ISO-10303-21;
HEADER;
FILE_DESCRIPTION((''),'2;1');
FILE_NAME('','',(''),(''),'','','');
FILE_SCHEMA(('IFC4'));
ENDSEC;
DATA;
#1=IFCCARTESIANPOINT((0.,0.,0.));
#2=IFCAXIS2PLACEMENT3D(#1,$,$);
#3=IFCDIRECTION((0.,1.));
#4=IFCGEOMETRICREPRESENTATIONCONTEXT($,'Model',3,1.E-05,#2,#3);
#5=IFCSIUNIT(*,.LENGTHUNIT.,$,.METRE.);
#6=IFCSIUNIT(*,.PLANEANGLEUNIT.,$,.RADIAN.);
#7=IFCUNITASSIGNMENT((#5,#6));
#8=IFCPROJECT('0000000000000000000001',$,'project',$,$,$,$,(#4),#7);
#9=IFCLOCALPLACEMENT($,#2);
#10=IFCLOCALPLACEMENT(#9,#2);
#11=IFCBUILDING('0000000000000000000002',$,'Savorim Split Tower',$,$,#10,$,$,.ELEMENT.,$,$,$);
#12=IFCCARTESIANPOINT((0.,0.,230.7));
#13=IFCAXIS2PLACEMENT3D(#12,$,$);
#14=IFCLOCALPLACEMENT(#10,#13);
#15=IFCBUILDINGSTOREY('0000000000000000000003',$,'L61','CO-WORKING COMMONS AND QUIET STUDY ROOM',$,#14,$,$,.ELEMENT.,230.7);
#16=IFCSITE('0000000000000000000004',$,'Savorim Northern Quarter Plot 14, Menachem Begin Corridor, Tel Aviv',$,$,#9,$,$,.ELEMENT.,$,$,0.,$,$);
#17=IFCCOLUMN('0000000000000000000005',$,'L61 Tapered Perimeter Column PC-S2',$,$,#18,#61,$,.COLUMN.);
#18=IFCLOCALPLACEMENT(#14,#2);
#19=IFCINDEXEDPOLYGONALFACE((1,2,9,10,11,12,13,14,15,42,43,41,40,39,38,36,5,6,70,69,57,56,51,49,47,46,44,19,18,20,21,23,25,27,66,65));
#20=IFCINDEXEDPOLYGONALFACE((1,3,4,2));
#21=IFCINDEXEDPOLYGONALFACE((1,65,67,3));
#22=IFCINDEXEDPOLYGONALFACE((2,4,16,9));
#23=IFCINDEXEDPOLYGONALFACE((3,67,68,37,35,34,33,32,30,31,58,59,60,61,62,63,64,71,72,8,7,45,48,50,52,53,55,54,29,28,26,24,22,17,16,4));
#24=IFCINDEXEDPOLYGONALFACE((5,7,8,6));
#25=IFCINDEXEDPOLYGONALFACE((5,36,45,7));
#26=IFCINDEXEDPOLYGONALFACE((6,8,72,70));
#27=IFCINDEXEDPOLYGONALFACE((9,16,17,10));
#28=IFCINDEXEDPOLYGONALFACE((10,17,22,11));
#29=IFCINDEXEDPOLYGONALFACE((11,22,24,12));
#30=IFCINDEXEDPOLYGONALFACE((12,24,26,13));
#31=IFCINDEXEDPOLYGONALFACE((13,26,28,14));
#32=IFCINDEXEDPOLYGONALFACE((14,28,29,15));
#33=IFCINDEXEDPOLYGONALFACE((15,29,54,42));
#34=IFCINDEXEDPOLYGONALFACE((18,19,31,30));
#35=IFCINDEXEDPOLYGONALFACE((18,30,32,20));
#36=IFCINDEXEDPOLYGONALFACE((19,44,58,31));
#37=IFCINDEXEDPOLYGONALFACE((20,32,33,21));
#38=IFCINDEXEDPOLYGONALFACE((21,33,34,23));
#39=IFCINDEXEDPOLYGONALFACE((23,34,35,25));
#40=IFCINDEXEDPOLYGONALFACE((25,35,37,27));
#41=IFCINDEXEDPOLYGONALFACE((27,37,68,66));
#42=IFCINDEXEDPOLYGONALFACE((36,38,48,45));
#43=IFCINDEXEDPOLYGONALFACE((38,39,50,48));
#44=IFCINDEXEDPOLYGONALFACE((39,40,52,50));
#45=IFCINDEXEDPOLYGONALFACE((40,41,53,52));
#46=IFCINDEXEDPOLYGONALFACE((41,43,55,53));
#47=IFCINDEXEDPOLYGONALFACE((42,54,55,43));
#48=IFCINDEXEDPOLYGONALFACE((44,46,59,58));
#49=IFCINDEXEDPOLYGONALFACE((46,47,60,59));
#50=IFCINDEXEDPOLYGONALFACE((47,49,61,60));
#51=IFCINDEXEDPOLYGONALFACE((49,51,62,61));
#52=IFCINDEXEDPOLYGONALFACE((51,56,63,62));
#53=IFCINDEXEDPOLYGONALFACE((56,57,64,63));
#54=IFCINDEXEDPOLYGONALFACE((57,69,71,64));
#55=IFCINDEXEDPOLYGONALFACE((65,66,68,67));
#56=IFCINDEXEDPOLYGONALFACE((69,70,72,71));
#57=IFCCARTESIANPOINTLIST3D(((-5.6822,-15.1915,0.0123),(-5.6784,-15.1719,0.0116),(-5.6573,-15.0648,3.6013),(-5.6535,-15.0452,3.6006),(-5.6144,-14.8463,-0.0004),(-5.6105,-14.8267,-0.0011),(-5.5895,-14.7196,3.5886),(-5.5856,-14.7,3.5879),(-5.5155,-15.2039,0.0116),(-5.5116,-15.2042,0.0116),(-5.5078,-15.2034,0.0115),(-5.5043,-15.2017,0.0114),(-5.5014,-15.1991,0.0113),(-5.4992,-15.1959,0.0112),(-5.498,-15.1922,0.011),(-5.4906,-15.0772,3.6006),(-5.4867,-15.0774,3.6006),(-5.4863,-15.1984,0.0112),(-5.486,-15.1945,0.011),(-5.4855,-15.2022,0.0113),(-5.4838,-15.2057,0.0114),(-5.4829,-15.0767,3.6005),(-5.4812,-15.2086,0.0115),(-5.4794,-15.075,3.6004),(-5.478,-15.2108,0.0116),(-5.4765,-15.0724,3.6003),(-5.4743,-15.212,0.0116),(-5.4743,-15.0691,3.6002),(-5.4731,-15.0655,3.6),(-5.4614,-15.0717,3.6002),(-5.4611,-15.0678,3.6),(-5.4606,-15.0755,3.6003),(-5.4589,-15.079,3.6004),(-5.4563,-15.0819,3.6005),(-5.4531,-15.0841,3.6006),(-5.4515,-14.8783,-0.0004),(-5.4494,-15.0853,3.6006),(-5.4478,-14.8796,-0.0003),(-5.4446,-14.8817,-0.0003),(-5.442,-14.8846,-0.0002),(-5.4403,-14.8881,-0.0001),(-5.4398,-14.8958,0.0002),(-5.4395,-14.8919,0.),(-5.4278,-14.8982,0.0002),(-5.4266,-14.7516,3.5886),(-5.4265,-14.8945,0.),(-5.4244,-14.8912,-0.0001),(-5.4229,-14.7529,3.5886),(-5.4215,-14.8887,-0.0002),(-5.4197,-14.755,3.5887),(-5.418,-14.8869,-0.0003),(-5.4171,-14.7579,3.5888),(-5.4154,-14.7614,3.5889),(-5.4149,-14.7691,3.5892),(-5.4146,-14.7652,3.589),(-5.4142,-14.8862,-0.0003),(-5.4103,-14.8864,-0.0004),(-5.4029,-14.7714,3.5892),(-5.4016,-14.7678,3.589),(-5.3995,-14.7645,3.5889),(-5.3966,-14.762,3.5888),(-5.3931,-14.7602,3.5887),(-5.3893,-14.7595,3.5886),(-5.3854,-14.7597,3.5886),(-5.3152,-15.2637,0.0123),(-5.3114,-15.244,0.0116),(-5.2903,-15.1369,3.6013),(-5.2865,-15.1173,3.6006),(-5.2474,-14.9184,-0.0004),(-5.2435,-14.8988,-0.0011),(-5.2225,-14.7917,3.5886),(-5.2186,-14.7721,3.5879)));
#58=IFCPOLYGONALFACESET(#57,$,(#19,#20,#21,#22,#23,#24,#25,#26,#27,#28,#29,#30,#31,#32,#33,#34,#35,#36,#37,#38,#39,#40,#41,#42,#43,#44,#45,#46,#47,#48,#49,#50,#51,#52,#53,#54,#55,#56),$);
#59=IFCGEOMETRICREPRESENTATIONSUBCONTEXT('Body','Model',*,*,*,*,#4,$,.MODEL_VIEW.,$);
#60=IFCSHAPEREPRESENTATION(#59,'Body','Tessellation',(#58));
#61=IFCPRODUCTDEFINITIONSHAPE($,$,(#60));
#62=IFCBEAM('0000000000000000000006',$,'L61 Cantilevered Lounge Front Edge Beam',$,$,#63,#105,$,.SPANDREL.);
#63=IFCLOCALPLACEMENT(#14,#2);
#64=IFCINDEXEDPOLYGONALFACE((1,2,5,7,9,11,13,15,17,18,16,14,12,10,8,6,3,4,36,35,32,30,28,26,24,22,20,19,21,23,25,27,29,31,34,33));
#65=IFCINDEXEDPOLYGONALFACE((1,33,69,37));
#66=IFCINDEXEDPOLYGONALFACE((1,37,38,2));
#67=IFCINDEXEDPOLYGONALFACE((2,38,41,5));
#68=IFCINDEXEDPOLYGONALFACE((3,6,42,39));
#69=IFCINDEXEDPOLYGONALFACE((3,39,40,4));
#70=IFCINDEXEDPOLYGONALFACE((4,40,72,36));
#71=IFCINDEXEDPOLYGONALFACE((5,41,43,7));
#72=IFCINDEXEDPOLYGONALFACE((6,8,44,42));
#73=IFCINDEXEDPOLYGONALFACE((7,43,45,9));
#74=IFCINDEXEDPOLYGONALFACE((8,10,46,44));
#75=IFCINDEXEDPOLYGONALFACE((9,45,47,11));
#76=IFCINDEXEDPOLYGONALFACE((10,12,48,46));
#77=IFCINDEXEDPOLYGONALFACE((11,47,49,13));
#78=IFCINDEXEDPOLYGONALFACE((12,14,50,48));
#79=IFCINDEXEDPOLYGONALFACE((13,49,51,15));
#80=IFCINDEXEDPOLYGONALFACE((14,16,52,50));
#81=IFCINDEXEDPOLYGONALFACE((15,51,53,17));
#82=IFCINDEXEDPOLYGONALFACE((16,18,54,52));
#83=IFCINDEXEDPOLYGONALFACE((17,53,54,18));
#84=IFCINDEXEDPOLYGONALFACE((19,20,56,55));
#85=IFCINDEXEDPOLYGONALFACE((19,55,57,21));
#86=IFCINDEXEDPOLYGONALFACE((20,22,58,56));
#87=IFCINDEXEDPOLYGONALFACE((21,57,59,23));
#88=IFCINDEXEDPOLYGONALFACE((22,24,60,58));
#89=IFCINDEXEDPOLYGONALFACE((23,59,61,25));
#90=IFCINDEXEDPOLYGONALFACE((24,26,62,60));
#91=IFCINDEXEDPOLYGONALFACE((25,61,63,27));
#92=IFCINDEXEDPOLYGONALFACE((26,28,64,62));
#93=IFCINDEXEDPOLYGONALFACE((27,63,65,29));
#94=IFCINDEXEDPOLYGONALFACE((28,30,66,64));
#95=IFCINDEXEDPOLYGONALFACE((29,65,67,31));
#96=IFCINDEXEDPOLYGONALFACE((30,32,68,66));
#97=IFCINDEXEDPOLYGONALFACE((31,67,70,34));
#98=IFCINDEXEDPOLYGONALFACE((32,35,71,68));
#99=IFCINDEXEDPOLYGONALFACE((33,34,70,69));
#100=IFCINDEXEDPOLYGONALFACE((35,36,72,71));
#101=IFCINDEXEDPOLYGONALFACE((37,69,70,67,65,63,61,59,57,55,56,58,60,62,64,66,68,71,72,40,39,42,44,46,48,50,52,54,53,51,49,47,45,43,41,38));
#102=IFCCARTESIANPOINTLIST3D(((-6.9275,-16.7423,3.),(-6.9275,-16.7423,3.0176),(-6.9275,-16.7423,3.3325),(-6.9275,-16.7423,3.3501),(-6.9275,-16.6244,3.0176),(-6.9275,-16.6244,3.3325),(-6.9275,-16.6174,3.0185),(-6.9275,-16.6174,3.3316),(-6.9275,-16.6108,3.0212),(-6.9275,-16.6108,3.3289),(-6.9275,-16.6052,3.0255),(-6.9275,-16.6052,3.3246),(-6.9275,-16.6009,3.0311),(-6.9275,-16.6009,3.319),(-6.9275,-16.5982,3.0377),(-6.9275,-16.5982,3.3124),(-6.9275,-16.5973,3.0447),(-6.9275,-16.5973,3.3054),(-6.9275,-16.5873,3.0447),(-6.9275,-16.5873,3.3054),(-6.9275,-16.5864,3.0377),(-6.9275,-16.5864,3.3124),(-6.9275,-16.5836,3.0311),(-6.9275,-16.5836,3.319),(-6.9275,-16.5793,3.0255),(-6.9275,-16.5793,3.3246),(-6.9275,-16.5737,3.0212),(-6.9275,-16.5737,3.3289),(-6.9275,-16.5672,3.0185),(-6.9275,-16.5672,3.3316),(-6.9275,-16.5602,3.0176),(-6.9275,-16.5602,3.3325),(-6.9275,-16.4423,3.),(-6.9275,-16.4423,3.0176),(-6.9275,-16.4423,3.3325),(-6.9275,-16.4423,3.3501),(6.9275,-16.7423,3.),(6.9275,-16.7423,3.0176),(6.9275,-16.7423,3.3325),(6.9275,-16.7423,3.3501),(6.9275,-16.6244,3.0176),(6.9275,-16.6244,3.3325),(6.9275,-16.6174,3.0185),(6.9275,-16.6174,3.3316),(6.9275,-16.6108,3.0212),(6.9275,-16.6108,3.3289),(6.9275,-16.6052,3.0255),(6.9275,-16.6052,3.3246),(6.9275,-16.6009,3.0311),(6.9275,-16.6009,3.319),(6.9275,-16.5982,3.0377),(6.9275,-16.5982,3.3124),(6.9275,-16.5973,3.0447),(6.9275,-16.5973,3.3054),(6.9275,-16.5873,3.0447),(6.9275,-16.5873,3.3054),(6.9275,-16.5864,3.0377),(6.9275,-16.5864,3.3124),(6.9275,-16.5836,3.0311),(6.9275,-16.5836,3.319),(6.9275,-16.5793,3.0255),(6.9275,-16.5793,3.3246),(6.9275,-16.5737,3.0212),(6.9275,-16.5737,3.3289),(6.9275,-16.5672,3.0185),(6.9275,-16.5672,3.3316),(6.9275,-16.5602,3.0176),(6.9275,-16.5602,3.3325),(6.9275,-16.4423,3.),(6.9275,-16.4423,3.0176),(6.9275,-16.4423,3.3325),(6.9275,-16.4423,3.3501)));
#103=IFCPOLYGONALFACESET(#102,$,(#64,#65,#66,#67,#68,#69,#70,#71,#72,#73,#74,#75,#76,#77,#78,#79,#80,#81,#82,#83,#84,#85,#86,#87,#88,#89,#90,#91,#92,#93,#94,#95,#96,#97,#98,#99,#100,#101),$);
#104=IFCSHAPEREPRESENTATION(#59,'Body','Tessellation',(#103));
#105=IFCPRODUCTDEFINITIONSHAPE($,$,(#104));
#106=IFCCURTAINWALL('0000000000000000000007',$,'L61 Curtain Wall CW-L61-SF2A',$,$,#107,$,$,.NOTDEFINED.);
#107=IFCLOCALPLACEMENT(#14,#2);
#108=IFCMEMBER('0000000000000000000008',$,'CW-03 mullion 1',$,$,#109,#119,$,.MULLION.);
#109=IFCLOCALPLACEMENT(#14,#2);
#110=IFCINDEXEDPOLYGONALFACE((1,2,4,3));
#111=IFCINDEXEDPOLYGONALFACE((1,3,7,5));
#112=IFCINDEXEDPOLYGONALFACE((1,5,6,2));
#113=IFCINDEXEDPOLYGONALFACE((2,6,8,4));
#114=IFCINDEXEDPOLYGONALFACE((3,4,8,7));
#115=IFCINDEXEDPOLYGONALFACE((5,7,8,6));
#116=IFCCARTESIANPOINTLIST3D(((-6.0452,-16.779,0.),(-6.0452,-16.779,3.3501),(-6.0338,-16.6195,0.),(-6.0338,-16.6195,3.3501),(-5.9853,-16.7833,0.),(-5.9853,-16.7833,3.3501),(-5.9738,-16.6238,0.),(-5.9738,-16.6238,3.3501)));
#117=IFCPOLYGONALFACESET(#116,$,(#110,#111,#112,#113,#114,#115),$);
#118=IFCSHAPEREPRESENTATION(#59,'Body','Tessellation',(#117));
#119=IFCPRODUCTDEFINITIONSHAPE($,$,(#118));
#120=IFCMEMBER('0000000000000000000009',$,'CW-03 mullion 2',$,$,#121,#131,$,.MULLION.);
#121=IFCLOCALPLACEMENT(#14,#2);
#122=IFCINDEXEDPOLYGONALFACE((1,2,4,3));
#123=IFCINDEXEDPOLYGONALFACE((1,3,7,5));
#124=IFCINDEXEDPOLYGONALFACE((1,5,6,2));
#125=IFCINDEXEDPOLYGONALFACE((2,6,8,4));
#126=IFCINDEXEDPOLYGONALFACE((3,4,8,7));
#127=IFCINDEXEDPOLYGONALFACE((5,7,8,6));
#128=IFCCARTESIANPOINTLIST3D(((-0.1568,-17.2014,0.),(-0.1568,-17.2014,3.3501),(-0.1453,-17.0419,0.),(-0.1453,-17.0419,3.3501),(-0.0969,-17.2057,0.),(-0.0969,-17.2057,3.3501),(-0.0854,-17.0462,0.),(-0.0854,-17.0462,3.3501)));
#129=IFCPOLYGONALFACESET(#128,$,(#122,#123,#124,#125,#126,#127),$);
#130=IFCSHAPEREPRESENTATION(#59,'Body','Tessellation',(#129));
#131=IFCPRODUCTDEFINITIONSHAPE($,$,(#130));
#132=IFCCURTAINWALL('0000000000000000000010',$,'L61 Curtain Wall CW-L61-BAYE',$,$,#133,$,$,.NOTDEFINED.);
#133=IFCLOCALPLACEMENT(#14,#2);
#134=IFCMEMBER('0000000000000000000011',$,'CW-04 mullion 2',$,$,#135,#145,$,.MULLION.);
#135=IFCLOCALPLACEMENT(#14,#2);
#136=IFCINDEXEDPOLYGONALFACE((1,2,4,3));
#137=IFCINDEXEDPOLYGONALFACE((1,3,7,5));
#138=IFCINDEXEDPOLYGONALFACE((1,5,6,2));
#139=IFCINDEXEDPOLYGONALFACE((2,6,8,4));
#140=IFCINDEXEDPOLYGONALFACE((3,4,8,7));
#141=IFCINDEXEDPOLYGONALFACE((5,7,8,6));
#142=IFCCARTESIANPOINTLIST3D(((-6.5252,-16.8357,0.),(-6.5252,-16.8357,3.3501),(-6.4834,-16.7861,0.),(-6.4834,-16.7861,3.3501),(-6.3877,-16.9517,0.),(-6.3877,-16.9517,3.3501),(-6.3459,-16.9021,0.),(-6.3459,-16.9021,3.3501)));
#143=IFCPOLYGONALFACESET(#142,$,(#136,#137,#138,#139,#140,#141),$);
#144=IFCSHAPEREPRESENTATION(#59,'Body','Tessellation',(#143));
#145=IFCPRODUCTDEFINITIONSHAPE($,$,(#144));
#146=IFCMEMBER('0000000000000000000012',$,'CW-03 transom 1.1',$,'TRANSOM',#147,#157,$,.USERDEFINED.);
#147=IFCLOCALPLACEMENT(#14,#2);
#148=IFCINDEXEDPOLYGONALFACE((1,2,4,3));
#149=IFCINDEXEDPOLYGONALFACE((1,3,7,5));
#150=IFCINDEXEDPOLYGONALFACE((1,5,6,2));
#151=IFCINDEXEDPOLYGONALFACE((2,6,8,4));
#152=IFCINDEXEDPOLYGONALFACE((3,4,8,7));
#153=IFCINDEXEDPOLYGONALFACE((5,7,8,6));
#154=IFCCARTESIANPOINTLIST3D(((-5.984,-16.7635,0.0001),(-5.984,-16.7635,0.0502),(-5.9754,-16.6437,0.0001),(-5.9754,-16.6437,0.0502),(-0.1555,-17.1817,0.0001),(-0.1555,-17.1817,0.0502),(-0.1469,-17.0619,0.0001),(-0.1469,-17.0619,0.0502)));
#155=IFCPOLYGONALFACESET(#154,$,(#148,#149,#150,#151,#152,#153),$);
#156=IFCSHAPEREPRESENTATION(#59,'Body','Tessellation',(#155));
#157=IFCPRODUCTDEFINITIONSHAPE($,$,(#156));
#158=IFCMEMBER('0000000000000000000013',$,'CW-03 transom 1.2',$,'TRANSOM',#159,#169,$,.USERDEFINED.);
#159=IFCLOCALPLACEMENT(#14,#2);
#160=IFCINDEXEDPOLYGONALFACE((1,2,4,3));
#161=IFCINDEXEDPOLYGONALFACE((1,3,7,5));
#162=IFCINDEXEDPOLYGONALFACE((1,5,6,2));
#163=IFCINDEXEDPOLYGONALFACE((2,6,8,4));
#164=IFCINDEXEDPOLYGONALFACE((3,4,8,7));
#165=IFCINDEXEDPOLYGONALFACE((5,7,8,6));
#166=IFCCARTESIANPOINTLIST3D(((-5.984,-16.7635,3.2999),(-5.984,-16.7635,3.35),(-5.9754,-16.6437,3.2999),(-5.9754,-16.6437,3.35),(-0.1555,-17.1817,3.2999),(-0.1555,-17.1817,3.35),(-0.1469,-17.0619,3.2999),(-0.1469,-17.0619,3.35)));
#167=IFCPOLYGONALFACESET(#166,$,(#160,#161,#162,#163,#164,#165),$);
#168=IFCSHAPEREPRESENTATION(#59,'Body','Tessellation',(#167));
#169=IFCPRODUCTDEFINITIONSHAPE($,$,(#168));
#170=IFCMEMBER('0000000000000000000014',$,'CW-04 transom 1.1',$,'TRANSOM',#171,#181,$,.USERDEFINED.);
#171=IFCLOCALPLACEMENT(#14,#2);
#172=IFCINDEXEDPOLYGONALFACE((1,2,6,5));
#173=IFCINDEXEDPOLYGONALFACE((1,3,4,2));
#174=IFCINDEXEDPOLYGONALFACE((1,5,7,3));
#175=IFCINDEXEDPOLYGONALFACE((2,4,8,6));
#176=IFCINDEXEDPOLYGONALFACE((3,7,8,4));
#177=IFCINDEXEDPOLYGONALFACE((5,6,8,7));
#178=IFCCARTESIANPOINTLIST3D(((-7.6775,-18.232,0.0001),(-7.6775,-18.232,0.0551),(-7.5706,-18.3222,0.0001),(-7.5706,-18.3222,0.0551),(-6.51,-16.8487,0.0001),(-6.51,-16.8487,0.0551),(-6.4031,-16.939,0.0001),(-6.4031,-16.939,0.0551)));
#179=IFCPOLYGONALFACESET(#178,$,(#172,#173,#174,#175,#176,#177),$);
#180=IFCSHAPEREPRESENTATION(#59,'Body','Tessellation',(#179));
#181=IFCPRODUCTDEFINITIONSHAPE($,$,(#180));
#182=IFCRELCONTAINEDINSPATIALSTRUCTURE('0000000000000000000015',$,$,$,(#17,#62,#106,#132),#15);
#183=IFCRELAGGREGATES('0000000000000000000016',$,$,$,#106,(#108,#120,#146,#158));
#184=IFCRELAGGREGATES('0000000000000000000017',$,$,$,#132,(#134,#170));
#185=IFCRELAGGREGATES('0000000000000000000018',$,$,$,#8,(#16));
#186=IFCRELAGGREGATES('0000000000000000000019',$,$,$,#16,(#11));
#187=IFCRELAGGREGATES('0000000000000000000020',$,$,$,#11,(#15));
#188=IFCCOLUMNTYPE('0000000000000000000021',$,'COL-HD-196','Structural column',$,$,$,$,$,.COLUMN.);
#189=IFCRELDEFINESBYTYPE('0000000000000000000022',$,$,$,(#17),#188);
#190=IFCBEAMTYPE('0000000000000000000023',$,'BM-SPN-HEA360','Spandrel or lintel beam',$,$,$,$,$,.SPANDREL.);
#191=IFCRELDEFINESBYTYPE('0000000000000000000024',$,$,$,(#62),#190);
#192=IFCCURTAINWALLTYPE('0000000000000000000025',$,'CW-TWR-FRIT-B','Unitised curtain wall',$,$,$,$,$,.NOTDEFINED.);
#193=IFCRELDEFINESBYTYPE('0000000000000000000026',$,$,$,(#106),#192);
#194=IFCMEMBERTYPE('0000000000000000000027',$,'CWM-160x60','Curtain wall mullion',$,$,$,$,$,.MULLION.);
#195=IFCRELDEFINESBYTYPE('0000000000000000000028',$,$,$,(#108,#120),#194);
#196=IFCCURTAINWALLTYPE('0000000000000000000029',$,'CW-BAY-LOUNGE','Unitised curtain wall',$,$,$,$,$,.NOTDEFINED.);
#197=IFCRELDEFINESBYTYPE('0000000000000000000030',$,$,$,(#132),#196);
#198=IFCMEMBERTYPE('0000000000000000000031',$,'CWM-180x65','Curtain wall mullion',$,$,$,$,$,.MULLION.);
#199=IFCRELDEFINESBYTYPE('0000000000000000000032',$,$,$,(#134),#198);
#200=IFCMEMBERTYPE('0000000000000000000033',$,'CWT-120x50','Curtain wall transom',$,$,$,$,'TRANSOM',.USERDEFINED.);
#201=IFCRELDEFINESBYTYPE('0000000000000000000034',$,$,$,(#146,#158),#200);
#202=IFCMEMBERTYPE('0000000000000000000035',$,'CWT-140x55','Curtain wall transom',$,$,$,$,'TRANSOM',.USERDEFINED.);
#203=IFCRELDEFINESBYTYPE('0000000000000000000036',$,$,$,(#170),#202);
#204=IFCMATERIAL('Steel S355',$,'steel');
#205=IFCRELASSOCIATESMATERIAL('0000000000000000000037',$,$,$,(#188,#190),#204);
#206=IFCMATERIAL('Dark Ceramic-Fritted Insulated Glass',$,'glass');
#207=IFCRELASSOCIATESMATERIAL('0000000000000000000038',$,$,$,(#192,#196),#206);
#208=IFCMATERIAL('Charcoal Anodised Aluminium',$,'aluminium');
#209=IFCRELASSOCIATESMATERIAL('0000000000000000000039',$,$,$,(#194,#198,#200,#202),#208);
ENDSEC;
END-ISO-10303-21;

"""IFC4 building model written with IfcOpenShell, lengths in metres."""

from ifc_helpers import new_model, si_unit, direction, frame, origin, origin_2d, place, context, subcontext, project, spatial, rectangle, i_section, extrude, material, material_profile, profile_set, type_object, element, aggregate, save


model = new_model("IFC4")

# Units and contexts
model_context = context("Model", 3, precision=1e-05, world=origin(), true_north=direction((0.0, 1.0)))
body_context = subcontext(model_context, "Body", "Model", "MODEL_VIEW")
ifc_project = project(units=[si_unit("LENGTHUNIT", "METRE"), si_unit("PLANEANGLEUNIT", "RADIAN")], contexts=[model_context])

# Site, building, storey
site_placement = place(None, origin())
site = spatial("IfcSite", under=ifc_project, at=site_placement, Name="Savorim Northern Quarter Plot 14, Menachem Begin Corridor, Tel Aviv", CompositionType="ELEMENT", RefElevation=0.0)
building_placement = place(site_placement, origin())
building = spatial("IfcBuilding", under=site, at=building_placement, Name="Savorim Split Tower", CompositionType="ELEMENT")
storey_placement = place(building_placement, frame((0.0, 0.0, 230.7)))
storey = spatial("IfcBuildingStorey", under=building, at=storey_placement, Name="L61", Description="CO-WORKING COMMONS AND QUIET STUDY ROOM", CompositionType="ELEMENT", Elevation=230.7)

# Column
ifc_material_1 = material(Name="Steel S355", Category="steel")
ifc_material_profile_1 = material_profile(ifc_material_1, i_section(OverallWidth=0.374, OverallDepth=0.3721, WebThickness=0.0122, FlangeThickness=0.02, FilletRadius=0.0149, at=origin_2d()), Name="HD 360x196")
ifc_profile_set_1 = profile_set([ifc_material_profile_1], Name="Steel S355")
column_type = type_object("IfcColumnType", Name="COL-HD-196", Description="Structural column", PredefinedType="COLUMN", material=ifc_profile_set_1)
column_placement = place(storey_placement, frame((-5.4629, -15.0452, 0.0056), z_axis=(0.006934, 0.035283, 0.999353), x_axis=(-0.98123, 0.192843, 0.0)))
element("IfcColumn", 1, at=column_placement, inside=storey, type_object=column_type, Name="L61 Tapered Perimeter Column PC-S2", PredefinedType="COLUMN", context=body_context, shape_type="SweptSolid", body=[
    extrude(i_section(OverallWidth=0.374, OverallDepth=0.3721, WebThickness=0.0122, FlangeThickness=0.02, FilletRadius=0.0149, at=origin_2d()), origin(), (0.0, 0.0, 1.0), 3.5913),
])

# Beam
ifc_material_profile_2 = material_profile(ifc_material_1, i_section(OverallWidth=0.3, OverallDepth=0.3501, WebThickness=0.01, FlangeThickness=0.0176, FilletRadius=0.0271, at=origin_2d()), Name="HEA 360")
ifc_profile_set_2 = profile_set([ifc_material_profile_2], Name="Steel S355")
beam_type = type_object("IfcBeamType", Name="BM-SPN-HEA360", Description="Spandrel or lintel beam", PredefinedType="SPANDREL", material=ifc_profile_set_2)
beam_placement = place(storey_placement, frame((-6.9275, -16.5923, 3.175), z_axis=(1.0, 0.0, 0.0), x_axis=(0.0, 1.0, 0.0)))
element("IfcBeam", 2, at=beam_placement, inside=storey, type_object=beam_type, Name="L61 Cantilevered Lounge Front Edge Beam", PredefinedType="SPANDREL", context=body_context, shape_type="SweptSolid", body=[
    extrude(i_section(OverallWidth=0.3, OverallDepth=0.3501, WebThickness=0.01, FlangeThickness=0.0176, FilletRadius=0.0271, at=origin_2d()), origin(), (0.0, 0.0, 1.0), 13.855),
])

# Curtain wall, members
ifc_material_2 = material(Name="Dark Ceramic-Fritted Insulated Glass", Category="glass")
curtain_wall_type_1 = type_object("IfcCurtainWallType", Name="CW-TWR-FRIT-B", Description="Unitised curtain wall", PredefinedType="NOTDEFINED", material=ifc_material_2)
curtain_wall_1_placement = place(storey_placement, origin())
curtain_wall_1 = element("IfcCurtainWall", 3, at=curtain_wall_1_placement, inside=storey, type_object=curtain_wall_type_1, Name="L61 Curtain Wall CW-L61-SF2A", PredefinedType="NOTDEFINED")
ifc_material_3 = material(Name="Charcoal Anodised Aluminium", Category="aluminium")
ifc_material_profile_3 = material_profile(ifc_material_3, rectangle(XDim=0.1599, YDim=0.0601, at=origin_2d()), Name="ALU-M 160x60")
ifc_profile_set_3 = profile_set([ifc_material_profile_3], Name="Charcoal Anodised Aluminium")
member_type_1 = type_object("IfcMemberType", Name="CWM-160x60", Description="Curtain wall mullion", PredefinedType="MULLION", material=ifc_profile_set_3)
member_1_placement = place(storey_placement, frame((-6.0095, -16.7014, 0.0), z_axis=(0.0, 0.0, 1.0), x_axis=(0.071568, 0.997436, 0.0)))
member_1 = element("IfcMember", 4, at=member_1_placement, type_object=member_type_1, Name="CW-03 mullion 1", PredefinedType="MULLION", context=body_context, shape_type="SweptSolid", body=[
    extrude(rectangle(XDim=0.1599, YDim=0.0601, at=origin_2d()), origin(), (0.0, 0.0, 1.0), 3.3501),
])
member_2_placement = place(storey_placement, frame((-0.1211, -17.1238, 0.0), z_axis=(0.0, 0.0, 1.0), x_axis=(0.071568, 0.997436, 0.0)))
member_2 = element("IfcMember", 5, at=member_2_placement, type_object=member_type_1, Name="CW-03 mullion 2", PredefinedType="MULLION", context=body_context, shape_type="SweptSolid", body=[
    extrude(rectangle(XDim=0.1599, YDim=0.0601, at=origin_2d()), origin(), (0.0, 0.0, 1.0), 3.3501),
])

# Curtain wall, member
curtain_wall_type_2 = type_object("IfcCurtainWallType", Name="CW-BAY-LOUNGE", Description="Unitised curtain wall", PredefinedType="NOTDEFINED", material=ifc_material_2)
curtain_wall_2_placement = place(storey_placement, origin())
curtain_wall_2 = element("IfcCurtainWall", 6, at=curtain_wall_2_placement, inside=storey, type_object=curtain_wall_type_2, Name="L61 Curtain Wall CW-L61-BAYE", PredefinedType="NOTDEFINED")
ifc_material_profile_4 = material_profile(ifc_material_3, rectangle(XDim=0.1799, YDim=0.0649, at=origin_2d()), Name="ALU-M 180x65")
ifc_profile_set_4 = profile_set([ifc_material_profile_4], Name="Charcoal Anodised Aluminium")
member_type_2 = type_object("IfcMemberType", Name="CWM-180x65", Description="Curtain wall mullion", PredefinedType="MULLION", material=ifc_profile_set_4)
member_3_placement = place(storey_placement, frame((-6.4355, -16.8689, 0.0), z_axis=(0.0, 0.0, 1.0), x_axis=(-0.764176, 0.645008, 0.0)))
member_3 = element("IfcMember", 7, at=member_3_placement, type_object=member_type_2, Name="CW-04 mullion 2", PredefinedType="MULLION", context=body_context, shape_type="SweptSolid", body=[
    extrude(rectangle(XDim=0.1799, YDim=0.0649, at=origin_2d()), origin(), (0.0, 0.0, 1.0), 3.3501),
])

# Members
ifc_material_profile_5 = material_profile(ifc_material_3, rectangle(XDim=0.1201, YDim=0.05, at=origin_2d()), Name="ALU-T 120x50")
ifc_profile_set_5 = profile_set([ifc_material_profile_5], Name="Charcoal Anodised Aluminium")
member_type_3 = type_object("IfcMemberType", Name="CWT-120x50", Description="Curtain wall transom", ElementType="TRANSOM", PredefinedType="USERDEFINED", material=ifc_profile_set_5)
member_4_placement = place(storey_placement, frame((-5.9797, -16.7036, 0.0251), z_axis=(0.997436, -0.071568, 0.0), x_axis=(0.071568, 0.997436, 0.0)))
member_4 = element("IfcMember", 8, at=member_4_placement, type_object=member_type_3, Name="CW-03 transom 1.1", ObjectType="TRANSOM", PredefinedType="USERDEFINED", context=body_context, shape_type="SweptSolid", body=[
    extrude(rectangle(XDim=0.1201, YDim=0.05, at=origin_2d()), origin(), (0.0, 0.0, 1.0), 5.8435),
])
member_5_placement = place(storey_placement, frame((-5.9797, -16.7036, 3.325), z_axis=(0.997436, -0.071568, 0.0), x_axis=(0.071568, 0.997436, 0.0)))
member_5 = element("IfcMember", 9, at=member_5_placement, type_object=member_type_3, Name="CW-03 transom 1.2", ObjectType="TRANSOM", PredefinedType="USERDEFINED", context=body_context, shape_type="SweptSolid", body=[
    extrude(rectangle(XDim=0.1201, YDim=0.05, at=origin_2d()), origin(), (0.0, 0.0, 1.0), 5.8435),
])
ifc_material_profile_6 = material_profile(ifc_material_3, rectangle(XDim=0.1399, YDim=0.0549, at=origin_2d()), Name="ALU-T 140x55")
ifc_profile_set_6 = profile_set([ifc_material_profile_6], Name="Charcoal Anodised Aluminium")
member_type_4 = type_object("IfcMemberType", Name="CWT-140x55", Description="Curtain wall transom", ElementType="TRANSOM", PredefinedType="USERDEFINED", material=ifc_profile_set_6)
member_6_placement = place(storey_placement, frame((-7.624, -18.2771, 0.0276), z_axis=(0.644974, 0.764204, 0.0), x_axis=(-0.764204, 0.644974, 0.0)))
member_6 = element("IfcMember", 10, at=member_6_placement, type_object=member_type_4, Name="CW-04 transom 1.1", ObjectType="TRANSOM", PredefinedType="USERDEFINED", context=body_context, shape_type="SweptSolid", body=[
    extrude(rectangle(XDim=0.1399, YDim=0.0549, at=origin_2d()), origin(), (0.0, 0.0, 1.0), 1.8101),
])

aggregate(curtain_wall_1, [member_1, member_2, member_4, member_5])
aggregate(curtain_wall_2, [member_3, member_6])

save(model, "model.ifc")
